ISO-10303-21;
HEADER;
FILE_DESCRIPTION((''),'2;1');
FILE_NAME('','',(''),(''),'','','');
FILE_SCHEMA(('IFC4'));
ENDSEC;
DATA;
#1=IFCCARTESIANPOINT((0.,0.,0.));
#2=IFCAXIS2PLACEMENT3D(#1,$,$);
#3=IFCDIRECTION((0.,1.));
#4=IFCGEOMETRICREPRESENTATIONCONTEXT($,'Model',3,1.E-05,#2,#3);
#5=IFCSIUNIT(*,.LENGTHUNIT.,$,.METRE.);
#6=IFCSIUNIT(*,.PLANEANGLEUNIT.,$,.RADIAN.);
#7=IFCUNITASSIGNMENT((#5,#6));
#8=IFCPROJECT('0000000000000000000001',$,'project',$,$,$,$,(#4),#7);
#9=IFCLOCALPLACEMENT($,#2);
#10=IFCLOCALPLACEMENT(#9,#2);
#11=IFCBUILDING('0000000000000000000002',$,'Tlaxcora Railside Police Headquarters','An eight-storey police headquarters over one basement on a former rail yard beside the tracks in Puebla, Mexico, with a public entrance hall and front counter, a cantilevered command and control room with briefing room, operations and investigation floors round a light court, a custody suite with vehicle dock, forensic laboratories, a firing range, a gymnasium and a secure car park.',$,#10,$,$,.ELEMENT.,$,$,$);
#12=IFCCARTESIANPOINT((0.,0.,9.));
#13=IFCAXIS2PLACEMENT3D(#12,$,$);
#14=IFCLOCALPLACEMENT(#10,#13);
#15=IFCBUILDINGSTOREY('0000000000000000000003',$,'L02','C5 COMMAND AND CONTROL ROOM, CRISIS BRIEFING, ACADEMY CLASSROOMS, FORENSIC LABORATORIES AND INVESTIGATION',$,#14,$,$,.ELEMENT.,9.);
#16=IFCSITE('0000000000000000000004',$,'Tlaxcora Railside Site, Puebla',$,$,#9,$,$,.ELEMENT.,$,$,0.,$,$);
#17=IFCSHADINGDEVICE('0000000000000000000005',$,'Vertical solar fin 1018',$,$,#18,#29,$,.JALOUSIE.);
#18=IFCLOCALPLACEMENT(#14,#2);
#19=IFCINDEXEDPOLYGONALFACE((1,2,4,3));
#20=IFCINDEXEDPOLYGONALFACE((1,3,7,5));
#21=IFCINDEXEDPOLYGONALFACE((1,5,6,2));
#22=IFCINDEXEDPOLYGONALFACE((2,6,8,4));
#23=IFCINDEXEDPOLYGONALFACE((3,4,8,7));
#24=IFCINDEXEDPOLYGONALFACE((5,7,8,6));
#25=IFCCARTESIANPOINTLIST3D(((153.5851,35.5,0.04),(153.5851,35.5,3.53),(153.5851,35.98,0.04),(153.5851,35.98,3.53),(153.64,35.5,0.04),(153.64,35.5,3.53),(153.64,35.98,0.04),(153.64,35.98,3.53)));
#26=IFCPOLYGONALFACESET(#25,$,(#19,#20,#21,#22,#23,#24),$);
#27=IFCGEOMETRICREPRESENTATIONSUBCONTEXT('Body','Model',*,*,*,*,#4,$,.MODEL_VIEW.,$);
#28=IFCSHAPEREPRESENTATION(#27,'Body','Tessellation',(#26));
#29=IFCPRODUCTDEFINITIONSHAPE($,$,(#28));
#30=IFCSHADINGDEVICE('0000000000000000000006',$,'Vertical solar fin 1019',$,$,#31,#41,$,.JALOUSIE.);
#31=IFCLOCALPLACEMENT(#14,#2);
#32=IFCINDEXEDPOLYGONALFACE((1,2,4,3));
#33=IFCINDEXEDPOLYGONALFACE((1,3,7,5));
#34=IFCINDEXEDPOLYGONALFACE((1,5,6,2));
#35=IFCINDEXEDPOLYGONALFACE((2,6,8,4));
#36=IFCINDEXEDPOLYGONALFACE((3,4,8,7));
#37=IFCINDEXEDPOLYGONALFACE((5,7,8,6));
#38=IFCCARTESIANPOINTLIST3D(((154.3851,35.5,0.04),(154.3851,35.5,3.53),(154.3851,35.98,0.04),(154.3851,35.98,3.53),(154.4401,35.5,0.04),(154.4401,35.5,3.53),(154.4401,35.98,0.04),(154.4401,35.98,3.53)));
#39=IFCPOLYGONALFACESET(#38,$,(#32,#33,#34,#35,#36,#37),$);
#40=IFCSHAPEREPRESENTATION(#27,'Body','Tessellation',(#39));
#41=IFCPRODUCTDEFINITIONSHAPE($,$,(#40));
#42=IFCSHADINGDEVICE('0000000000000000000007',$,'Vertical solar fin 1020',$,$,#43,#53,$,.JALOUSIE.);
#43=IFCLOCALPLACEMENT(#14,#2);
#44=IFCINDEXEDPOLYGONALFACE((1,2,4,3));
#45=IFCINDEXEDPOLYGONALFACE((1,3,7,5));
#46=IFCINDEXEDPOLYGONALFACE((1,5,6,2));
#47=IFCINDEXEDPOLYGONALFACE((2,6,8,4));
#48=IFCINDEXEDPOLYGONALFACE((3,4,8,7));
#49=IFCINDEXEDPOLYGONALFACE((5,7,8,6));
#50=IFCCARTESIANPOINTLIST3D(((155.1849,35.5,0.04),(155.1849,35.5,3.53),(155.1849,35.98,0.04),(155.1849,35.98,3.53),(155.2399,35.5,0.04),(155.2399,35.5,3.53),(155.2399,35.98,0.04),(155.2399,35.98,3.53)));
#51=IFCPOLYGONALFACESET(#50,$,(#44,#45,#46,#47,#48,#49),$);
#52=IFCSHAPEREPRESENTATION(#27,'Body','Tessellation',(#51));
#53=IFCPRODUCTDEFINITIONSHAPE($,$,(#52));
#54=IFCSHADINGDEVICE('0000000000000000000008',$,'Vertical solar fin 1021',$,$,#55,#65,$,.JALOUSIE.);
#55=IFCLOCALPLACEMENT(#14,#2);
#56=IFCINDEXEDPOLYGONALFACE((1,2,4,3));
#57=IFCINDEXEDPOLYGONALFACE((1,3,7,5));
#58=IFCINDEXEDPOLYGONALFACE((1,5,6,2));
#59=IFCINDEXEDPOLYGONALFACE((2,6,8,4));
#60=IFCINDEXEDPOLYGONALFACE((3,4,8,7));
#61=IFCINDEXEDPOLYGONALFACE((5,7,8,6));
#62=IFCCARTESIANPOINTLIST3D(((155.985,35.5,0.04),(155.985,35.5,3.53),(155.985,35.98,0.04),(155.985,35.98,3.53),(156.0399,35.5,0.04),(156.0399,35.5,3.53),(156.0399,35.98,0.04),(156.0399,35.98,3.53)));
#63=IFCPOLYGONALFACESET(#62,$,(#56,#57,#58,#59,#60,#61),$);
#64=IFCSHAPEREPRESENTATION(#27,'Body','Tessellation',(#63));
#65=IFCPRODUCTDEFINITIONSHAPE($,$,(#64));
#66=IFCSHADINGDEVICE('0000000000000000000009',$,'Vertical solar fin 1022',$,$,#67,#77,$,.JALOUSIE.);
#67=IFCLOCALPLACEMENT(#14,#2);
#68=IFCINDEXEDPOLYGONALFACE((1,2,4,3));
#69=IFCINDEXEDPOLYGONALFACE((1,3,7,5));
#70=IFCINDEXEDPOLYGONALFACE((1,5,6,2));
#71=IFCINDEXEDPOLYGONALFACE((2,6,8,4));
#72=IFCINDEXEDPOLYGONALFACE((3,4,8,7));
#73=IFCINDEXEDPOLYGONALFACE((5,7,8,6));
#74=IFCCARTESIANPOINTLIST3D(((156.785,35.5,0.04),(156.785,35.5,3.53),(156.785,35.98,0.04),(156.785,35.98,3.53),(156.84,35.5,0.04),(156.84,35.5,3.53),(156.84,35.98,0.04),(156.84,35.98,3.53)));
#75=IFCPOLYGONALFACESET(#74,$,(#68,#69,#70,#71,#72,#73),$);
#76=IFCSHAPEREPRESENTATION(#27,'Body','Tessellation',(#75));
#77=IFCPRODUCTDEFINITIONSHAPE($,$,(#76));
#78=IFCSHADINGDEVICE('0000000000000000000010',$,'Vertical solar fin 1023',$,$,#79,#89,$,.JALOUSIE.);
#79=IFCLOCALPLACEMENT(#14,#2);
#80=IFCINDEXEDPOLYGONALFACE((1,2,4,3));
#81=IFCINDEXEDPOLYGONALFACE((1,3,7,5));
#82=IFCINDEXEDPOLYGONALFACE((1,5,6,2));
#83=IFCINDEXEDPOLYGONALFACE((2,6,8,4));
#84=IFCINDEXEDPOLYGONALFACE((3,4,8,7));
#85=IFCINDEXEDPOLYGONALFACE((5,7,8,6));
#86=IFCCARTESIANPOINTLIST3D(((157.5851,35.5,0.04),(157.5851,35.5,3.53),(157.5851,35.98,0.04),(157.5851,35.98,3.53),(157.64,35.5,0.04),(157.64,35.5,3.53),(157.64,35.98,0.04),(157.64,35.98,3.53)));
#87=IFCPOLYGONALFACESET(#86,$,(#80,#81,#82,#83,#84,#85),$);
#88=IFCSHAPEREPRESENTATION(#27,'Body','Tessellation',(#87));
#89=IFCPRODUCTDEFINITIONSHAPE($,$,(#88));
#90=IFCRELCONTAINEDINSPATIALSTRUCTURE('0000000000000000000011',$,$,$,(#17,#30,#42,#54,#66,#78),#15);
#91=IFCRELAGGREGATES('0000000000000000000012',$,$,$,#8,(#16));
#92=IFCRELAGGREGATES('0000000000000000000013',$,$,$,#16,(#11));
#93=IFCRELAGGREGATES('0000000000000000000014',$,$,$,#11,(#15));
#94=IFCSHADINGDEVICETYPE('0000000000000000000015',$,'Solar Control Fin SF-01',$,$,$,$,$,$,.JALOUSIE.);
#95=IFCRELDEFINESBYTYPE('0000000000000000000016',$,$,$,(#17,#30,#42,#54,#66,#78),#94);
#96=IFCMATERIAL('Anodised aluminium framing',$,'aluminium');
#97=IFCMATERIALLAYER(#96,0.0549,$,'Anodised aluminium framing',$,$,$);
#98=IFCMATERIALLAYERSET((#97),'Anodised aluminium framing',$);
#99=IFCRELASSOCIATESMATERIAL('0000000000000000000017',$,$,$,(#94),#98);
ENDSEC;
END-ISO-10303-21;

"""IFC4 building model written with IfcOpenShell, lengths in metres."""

from ifc_helpers import new_model, si_unit, direction, frame, origin, origin_2d, place, context, subcontext, project, spatial, rectangle, extrude, material, layer, layer_set, type_object, element, save


model = new_model("IFC4")

# Units and contexts
model_context = context("Model", 3, precision=1e-05, world=origin(), true_north=direction((0.0, 1.0)))
body_context = subcontext(model_context, "Body", "Model", "MODEL_VIEW")
ifc_project = project(units=[si_unit("LENGTHUNIT", "METRE"), si_unit("PLANEANGLEUNIT", "RADIAN")], contexts=[model_context])

# Site, building, storey
site_placement = place(None, origin())
site = spatial("IfcSite", under=ifc_project, at=site_placement, Name="Tlaxcora Railside Site, Puebla", CompositionType="ELEMENT", RefElevation=0.0)
building_placement = place(site_placement, origin())
building = spatial("IfcBuilding", under=site, at=building_placement, Name="Tlaxcora Railside Police Headquarters", Description="An eight-storey police headquarters over one basement on a former rail yard beside the tracks in Puebla, Mexico, with a public entrance hall and front counter, a cantilevered command and control room with briefing room, operations and investigation floors round a light court, a custody suite with vehicle dock, forensic laboratories, a firing range, a gymnasium and a secure car park.", CompositionType="ELEMENT")
storey_placement = place(building_placement, frame((0.0, 0.0, 9.0)))
storey = spatial("IfcBuildingStorey", under=building, at=storey_placement, Name="L02", Description="C5 COMMAND AND CONTROL ROOM, CRISIS BRIEFING, ACADEMY CLASSROOMS, FORENSIC LABORATORIES AND INVESTIGATION", CompositionType="ELEMENT", Elevation=9.0)

# Shared definitions
ifc_material_1 = material(Name="Anodised aluminium framing", Category="aluminium")

# Shading devices
ifc_layer_1 = layer(ifc_material_1, 0.0549, Name="Anodised aluminium framing")
ifc_layer_set_1 = layer_set([ifc_layer_1], Name="Anodised aluminium framing")
shading_device_type = type_object("IfcShadingDeviceType", Name="Solar Control Fin SF-01", PredefinedType="JALOUSIE", material=ifc_layer_set_1)
for number, where, z_axis, x_axis, name in (
    (1, (153.6125, 35.74, 0.04), (0.0, 0.0, 1.0), (0.0, -1.0, 0.0), "Vertical solar fin 1018"),
    (2, (154.4126, 35.74, 0.04), (0.0, 0.0, 1.0), (0.0, -1.0, 0.0), "Vertical solar fin 1019"),
    (3, (155.2124, 35.74, 0.04), (0.0, 0.0, 1.0), (0.0, -1.0, 0.0), "Vertical solar fin 1020"),
    (4, (156.0125, 35.74, 0.04), (0.0, 0.0, 1.0), (0.0, -1.0, 0.0), "Vertical solar fin 1021"),
    (5, (156.8125, 35.74, 0.04), (0.0, 0.0, 1.0), (0.0, -1.0, 0.0), "Vertical solar fin 1022"),
    (6, (157.6125, 35.74, 0.04), (0.0, 0.0, 1.0), (0.0, -1.0, 0.0), "Vertical solar fin 1023"),
):
    element("IfcShadingDevice", number, at=place(storey_placement, frame(where, z_axis=z_axis, x_axis=x_axis)), inside=storey, type_object=shading_device_type, Name=name, PredefinedType="JALOUSIE", context=body_context, shape_type="SweptSolid", body=[
        extrude(rectangle(XDim=0.48, YDim=0.0549, at=origin_2d()), origin(), (0.0, 0.0, 1.0), 3.49),
    ])

save(model, "model.ifc")
